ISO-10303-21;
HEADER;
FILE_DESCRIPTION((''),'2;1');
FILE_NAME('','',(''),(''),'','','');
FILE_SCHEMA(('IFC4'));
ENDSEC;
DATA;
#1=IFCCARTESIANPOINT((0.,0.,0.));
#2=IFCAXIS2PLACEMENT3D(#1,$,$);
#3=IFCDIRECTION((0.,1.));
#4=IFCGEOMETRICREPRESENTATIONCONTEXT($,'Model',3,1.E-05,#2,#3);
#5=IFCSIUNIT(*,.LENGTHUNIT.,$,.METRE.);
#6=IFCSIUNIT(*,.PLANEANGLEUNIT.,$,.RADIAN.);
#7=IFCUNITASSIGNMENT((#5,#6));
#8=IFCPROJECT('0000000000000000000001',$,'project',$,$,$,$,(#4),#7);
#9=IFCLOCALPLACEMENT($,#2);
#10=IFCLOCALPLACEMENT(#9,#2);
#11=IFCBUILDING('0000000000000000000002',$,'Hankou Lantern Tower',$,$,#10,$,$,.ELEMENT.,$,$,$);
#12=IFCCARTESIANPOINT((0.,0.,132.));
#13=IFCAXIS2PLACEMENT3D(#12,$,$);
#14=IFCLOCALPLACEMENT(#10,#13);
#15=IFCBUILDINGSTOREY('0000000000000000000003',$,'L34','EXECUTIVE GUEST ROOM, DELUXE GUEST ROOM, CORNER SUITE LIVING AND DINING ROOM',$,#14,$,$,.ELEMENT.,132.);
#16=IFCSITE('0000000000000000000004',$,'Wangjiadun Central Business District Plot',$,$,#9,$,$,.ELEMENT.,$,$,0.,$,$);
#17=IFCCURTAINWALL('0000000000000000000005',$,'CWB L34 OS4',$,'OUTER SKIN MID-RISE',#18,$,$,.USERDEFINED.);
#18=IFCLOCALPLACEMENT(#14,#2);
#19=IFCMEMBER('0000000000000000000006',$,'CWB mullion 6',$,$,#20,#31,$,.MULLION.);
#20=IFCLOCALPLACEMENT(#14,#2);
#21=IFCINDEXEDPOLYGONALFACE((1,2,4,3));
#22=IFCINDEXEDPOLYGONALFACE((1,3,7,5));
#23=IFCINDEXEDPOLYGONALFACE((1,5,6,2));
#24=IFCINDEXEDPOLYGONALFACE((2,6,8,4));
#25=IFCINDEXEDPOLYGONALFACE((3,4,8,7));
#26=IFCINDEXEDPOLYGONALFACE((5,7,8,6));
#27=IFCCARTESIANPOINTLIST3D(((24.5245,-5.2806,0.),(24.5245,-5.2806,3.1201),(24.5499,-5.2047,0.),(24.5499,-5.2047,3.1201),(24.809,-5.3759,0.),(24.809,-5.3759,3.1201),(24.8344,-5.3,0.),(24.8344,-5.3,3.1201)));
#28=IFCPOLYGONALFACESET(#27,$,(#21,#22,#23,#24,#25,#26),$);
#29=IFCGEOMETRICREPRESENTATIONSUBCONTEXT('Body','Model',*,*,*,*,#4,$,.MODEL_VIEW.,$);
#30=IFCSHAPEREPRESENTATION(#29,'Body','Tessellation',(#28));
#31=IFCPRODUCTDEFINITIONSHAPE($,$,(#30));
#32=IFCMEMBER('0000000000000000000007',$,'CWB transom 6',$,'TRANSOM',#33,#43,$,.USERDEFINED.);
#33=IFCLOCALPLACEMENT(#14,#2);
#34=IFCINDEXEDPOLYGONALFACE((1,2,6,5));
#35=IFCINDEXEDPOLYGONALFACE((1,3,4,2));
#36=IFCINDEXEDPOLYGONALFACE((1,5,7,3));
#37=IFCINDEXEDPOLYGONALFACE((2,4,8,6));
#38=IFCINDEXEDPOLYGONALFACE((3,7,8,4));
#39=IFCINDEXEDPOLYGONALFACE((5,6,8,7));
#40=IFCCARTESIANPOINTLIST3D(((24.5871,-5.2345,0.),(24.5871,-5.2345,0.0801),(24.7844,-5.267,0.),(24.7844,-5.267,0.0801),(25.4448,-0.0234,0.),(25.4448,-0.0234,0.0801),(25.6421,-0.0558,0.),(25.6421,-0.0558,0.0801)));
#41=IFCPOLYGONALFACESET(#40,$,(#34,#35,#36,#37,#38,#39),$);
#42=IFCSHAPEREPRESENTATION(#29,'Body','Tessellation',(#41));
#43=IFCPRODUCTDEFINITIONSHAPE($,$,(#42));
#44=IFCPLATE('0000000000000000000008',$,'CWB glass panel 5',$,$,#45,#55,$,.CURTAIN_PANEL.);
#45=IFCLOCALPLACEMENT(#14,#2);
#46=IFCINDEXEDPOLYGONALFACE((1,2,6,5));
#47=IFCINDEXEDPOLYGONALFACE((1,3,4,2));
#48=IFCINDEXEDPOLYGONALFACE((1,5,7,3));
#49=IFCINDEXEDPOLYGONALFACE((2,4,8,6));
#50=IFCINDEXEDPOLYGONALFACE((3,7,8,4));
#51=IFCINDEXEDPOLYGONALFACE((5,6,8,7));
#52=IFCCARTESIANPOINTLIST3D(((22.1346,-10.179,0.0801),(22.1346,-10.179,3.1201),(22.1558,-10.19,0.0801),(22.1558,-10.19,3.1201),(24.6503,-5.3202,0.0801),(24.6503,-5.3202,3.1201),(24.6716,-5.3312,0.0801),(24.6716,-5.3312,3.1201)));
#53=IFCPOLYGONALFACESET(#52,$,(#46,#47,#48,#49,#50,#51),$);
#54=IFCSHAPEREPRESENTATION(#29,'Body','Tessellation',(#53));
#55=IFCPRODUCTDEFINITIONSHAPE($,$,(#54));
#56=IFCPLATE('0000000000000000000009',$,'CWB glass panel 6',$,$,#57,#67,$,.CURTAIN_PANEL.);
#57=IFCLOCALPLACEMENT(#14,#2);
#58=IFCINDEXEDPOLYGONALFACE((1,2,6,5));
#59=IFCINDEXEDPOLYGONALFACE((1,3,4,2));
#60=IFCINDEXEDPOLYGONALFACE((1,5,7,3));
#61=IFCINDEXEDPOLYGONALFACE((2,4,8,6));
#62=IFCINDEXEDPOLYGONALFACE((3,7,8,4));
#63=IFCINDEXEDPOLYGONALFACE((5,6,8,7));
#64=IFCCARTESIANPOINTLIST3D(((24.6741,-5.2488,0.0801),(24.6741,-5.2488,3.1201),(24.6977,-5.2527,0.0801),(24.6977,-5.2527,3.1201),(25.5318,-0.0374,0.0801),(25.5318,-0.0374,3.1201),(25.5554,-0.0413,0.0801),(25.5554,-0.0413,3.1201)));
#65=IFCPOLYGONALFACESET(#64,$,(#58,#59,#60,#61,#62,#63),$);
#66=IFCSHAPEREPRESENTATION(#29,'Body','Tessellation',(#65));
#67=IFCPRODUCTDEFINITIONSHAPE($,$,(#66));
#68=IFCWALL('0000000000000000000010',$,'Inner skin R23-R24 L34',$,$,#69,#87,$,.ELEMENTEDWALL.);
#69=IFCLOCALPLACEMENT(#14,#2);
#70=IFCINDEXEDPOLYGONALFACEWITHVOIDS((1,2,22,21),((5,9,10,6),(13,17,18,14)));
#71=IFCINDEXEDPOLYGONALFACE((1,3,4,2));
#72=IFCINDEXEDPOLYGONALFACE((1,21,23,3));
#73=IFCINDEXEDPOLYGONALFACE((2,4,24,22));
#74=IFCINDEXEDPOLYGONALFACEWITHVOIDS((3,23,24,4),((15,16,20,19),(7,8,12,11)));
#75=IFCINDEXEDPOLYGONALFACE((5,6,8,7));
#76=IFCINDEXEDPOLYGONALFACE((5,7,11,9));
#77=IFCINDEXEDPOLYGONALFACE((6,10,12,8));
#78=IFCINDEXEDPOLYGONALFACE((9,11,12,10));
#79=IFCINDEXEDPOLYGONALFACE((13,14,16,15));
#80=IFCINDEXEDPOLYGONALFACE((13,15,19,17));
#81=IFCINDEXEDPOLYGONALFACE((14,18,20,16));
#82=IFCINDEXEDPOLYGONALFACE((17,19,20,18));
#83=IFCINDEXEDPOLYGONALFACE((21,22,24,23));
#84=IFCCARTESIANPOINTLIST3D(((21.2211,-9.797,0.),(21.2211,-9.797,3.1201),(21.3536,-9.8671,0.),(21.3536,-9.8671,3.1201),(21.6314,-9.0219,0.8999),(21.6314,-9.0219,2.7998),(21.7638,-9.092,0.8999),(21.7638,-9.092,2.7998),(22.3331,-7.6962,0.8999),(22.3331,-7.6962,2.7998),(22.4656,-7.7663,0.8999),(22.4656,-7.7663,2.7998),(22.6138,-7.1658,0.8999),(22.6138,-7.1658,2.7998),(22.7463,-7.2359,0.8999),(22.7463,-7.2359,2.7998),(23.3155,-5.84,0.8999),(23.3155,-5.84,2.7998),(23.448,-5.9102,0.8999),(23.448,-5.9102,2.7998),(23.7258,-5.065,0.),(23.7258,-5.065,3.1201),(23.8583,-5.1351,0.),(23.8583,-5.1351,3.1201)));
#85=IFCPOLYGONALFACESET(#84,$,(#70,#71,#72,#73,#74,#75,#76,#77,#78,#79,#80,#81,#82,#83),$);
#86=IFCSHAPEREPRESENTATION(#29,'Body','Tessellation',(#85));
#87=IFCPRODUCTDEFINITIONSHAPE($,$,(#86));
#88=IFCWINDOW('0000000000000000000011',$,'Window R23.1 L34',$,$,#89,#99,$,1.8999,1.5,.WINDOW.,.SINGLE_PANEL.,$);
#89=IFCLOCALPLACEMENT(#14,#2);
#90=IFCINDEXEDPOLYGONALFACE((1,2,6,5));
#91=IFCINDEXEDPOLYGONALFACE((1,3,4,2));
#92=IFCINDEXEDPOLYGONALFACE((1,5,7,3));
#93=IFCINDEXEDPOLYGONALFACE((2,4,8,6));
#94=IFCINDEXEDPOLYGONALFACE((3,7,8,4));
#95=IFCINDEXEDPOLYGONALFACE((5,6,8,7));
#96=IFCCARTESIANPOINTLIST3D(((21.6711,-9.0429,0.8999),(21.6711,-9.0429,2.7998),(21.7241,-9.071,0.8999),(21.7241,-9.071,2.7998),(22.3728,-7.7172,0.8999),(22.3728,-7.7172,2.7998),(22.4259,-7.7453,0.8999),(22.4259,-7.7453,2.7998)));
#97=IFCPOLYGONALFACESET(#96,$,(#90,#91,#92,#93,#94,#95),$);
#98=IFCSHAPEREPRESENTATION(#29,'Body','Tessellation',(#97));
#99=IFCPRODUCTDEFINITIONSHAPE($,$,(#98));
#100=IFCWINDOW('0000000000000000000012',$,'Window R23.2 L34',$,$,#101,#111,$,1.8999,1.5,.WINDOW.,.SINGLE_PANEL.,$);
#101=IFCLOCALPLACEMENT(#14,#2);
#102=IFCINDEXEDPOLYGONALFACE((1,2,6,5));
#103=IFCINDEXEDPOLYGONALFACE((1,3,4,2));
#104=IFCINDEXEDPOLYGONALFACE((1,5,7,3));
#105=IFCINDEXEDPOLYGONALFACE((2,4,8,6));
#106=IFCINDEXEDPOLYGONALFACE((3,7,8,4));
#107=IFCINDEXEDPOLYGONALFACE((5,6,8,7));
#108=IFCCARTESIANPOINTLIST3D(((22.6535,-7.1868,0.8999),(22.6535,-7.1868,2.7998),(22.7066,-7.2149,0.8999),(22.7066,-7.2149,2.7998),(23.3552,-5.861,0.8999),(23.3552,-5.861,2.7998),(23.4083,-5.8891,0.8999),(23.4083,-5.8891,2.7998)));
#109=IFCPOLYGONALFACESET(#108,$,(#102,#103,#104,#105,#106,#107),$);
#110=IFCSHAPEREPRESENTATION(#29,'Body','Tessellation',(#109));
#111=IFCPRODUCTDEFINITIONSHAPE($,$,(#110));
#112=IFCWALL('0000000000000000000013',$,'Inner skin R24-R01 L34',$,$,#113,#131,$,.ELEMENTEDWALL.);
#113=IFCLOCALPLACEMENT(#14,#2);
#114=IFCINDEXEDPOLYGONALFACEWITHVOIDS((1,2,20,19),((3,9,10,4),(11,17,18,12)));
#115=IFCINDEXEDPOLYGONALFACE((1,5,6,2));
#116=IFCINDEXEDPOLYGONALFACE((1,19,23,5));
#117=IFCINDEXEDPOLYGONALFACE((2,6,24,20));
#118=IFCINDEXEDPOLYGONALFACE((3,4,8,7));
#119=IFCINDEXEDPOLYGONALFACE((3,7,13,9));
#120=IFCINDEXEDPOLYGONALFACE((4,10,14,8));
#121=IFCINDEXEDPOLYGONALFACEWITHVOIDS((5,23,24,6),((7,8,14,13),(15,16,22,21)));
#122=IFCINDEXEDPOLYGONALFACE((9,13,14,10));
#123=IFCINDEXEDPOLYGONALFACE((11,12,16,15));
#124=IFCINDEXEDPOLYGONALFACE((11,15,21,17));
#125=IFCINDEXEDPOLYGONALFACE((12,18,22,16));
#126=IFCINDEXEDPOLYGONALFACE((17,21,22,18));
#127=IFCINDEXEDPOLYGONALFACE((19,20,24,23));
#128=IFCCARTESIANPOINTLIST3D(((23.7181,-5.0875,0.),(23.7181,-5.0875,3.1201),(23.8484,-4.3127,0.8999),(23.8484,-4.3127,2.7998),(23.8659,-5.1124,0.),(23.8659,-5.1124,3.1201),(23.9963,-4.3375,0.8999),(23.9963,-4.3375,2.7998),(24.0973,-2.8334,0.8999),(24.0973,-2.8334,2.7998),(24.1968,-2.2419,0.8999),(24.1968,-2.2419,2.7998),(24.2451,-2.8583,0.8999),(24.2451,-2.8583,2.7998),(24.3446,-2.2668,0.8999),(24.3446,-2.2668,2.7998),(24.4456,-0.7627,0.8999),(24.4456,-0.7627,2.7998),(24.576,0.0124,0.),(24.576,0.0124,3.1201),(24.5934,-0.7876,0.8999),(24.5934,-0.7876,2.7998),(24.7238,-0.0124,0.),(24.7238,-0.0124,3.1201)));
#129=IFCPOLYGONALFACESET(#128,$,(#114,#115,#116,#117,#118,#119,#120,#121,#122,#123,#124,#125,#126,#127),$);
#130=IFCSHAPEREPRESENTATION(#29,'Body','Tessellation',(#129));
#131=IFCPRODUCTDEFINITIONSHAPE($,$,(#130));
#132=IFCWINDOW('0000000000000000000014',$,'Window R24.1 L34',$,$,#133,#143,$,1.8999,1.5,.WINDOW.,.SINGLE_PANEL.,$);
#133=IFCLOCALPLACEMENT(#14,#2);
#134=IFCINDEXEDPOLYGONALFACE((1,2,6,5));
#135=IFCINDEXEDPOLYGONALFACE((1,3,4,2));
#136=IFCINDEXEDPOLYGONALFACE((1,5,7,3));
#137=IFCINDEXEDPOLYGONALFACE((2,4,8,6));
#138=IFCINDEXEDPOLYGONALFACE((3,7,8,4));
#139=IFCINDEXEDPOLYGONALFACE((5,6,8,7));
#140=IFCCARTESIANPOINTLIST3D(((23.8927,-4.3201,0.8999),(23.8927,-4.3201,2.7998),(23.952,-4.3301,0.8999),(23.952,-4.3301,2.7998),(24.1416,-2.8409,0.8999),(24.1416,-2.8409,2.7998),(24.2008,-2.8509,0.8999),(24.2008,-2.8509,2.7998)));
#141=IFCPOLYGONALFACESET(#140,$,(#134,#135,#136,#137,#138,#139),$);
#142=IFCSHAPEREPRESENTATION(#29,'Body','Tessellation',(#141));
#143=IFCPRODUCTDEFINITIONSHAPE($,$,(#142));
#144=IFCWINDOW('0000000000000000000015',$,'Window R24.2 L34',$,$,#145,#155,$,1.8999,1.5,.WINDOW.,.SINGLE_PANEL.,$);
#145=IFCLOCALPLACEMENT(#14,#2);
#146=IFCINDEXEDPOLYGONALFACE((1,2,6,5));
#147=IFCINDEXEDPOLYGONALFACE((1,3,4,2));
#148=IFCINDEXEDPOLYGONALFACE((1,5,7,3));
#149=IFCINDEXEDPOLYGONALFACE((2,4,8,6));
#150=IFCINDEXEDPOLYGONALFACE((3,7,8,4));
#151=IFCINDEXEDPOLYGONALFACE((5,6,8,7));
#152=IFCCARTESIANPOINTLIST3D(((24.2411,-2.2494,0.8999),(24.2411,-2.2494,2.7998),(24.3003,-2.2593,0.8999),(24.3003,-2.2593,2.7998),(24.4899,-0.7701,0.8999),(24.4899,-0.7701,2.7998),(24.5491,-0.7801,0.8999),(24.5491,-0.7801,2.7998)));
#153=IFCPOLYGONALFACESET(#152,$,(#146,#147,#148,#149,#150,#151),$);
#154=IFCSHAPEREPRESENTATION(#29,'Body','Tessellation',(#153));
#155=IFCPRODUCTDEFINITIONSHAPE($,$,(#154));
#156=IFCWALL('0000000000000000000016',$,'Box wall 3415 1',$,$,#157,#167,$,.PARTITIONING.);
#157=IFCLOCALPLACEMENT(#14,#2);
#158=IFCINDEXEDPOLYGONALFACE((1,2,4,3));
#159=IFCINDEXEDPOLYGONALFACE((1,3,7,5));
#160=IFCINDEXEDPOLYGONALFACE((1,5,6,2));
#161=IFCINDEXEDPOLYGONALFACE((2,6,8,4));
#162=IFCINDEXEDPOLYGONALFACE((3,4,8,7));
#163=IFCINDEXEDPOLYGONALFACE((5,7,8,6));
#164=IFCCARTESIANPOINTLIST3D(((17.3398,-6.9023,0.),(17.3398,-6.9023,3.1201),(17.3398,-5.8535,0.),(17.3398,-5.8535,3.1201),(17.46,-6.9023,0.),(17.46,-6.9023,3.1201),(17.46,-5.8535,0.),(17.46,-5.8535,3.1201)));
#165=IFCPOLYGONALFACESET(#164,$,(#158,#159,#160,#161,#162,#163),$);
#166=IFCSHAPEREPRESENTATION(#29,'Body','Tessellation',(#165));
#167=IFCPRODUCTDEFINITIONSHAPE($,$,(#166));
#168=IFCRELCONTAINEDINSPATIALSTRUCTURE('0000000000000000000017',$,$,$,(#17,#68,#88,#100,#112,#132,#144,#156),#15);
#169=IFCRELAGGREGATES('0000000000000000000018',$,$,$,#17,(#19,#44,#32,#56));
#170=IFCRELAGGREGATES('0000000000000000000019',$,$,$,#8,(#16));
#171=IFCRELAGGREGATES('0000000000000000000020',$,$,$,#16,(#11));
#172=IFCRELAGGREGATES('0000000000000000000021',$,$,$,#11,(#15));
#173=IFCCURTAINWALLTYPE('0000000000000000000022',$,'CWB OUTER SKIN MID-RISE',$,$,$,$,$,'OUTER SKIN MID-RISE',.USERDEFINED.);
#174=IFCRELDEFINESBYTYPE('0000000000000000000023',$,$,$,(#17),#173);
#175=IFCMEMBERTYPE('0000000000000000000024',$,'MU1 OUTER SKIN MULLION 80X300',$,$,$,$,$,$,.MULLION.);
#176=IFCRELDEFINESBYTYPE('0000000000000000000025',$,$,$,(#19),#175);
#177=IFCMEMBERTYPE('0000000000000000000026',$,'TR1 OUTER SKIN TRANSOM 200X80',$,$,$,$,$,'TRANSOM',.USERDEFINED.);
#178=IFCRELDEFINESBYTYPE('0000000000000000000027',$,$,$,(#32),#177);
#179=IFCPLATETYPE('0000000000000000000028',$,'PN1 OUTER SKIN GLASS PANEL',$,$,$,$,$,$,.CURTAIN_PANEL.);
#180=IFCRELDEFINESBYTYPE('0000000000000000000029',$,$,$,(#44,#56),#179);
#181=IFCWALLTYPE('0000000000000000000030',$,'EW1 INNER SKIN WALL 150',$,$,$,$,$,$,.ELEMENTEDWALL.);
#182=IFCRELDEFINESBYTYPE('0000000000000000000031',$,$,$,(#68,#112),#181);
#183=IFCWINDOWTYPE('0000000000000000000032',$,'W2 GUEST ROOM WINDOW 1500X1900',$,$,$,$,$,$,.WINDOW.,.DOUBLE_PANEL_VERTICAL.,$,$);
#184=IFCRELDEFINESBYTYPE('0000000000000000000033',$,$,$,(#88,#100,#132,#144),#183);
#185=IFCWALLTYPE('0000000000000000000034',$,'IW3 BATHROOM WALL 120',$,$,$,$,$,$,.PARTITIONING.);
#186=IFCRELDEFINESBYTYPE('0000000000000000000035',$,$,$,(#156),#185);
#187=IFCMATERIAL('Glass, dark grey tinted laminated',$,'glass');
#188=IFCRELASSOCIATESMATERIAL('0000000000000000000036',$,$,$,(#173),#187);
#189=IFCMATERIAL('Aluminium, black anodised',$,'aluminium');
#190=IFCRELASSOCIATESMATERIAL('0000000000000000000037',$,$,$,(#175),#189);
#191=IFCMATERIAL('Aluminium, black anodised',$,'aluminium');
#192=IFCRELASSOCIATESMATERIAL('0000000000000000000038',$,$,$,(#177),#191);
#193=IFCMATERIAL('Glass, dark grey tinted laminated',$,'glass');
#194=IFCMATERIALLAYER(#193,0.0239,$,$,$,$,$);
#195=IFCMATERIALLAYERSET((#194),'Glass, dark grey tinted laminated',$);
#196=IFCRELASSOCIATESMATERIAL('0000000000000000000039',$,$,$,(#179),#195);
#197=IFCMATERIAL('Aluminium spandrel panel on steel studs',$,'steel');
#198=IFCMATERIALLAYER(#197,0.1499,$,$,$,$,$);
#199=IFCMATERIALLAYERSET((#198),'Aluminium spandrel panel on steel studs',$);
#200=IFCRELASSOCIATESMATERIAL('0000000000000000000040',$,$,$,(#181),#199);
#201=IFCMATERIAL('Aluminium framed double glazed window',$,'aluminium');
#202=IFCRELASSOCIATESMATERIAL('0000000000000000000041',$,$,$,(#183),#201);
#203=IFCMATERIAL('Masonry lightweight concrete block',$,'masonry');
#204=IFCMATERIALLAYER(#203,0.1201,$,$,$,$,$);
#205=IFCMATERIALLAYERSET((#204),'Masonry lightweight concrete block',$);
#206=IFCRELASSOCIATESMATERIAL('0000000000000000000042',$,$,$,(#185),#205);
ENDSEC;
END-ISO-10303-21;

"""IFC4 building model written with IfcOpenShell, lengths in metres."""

from ifc_helpers import new_model, si_unit, direction, frame, frame_2d, origin, origin_2d, place, context, subcontext, project, spatial, rectangle, extrude, material, layer, layer_set, material_profile, profile_set, type_object, element, fill, aggregate, save


model = new_model("IFC4")

# Units and contexts
model_context = context("Model", 3, precision=1e-05, world=origin(), true_north=direction((0.0, 1.0)))
body_context = subcontext(model_context, "Body", "Model", "MODEL_VIEW")
ifc_project = project(units=[si_unit("LENGTHUNIT", "METRE"), si_unit("PLANEANGLEUNIT", "RADIAN")], contexts=[model_context])

# Site, building, storey
site_placement = place(None, origin())
site = spatial("IfcSite", under=ifc_project, at=site_placement, Name="Wangjiadun Central Business District Plot", CompositionType="ELEMENT", RefElevation=0.0)
building_placement = place(site_placement, origin())
building = spatial("IfcBuilding", under=site, at=building_placement, Name="Hankou Lantern Tower", CompositionType="ELEMENT")
storey_placement = place(building_placement, frame((0.0, 0.0, 132.0)))
storey = spatial("IfcBuildingStorey", under=building, at=storey_placement, Name="L34", Description="EXECUTIVE GUEST ROOM, DELUXE GUEST ROOM, CORNER SUITE LIVING AND DINING ROOM", CompositionType="ELEMENT", Elevation=132.0)

# Curtain wall, members, plates
ifc_material_1 = material(Name="Glass, dark grey tinted laminated", Category="glass")
curtain_wall_type = type_object("IfcCurtainWallType", Name="CWB OUTER SKIN MID-RISE", ElementType="OUTER SKIN MID-RISE", PredefinedType="USERDEFINED", material=ifc_material_1)
curtain_wall_placement = place(storey_placement, origin())
curtain_wall = element("IfcCurtainWall", 1, at=curtain_wall_placement, inside=storey, type_object=curtain_wall_type, Name="CWB L34 OS4", ObjectType="OUTER SKIN MID-RISE", PredefinedType="USERDEFINED")
ifc_material_2 = material(Name="Aluminium, black anodised", Category="aluminium")
ifc_material_profile_1 = material_profile(ifc_material_2, rectangle(XDim=0.0801, YDim=0.3, at=origin_2d()), Name="MU1 80X300")
ifc_profile_set_1 = profile_set([ifc_material_profile_1], Name="Aluminium, black anodised")
member_type_1 = type_object("IfcMemberType", Name="MU1 OUTER SKIN MULLION 80X300", PredefinedType="MULLION", material=ifc_profile_set_1)
member_1_placement = place(storey_placement, frame((24.6794, -5.2903, 0.0), z_axis=(0.0, 0.0, 1.0), x_axis=(0.317596, 0.948226, 0.0)))
member_1 = element("IfcMember", 2, at=member_1_placement, type_object=member_type_1, Name="CWB mullion 6", PredefinedType="MULLION", context=body_context, shape_type="SweptSolid", body=[
    extrude(rectangle(XDim=0.0801, YDim=0.3, at=origin_2d()), origin(), (0.0, 0.0, 1.0), 3.1201),
])
ifc_material_3 = material(Name="Aluminium, black anodised", Category="aluminium")
ifc_material_profile_2 = material_profile(ifc_material_3, rectangle(XDim=0.2, YDim=0.0801, at=origin_2d()), Name="TR1 200X80")
ifc_profile_set_2 = profile_set([ifc_material_profile_2], Name="Aluminium, black anodised")
member_type_2 = type_object("IfcMemberType", Name="TR1 OUTER SKIN TRANSOM 200X80", ElementType="TRANSOM", PredefinedType="USERDEFINED", material=ifc_profile_set_2)
member_2_placement = place(storey_placement, frame((24.6858, -5.2507, 0.04), z_axis=(0.162397, 0.986725, 0.0), x_axis=(-0.986725, 0.162397, 0.0)))
member_2 = element("IfcMember", 3, at=member_2_placement, type_object=member_type_2, Name="CWB transom 6", ObjectType="TRANSOM", PredefinedType="USERDEFINED", context=body_context, shape_type="SweptSolid", body=[
    extrude(rectangle(XDim=0.2, YDim=0.0801, at=origin_2d()), origin(), (0.0, 0.0, 1.0), 5.2812),
])
ifc_material_4 = material(Name="Glass, dark grey tinted laminated", Category="glass")
ifc_layer_1 = layer(ifc_material_4, 0.0239)
ifc_layer_set_1 = layer_set([ifc_layer_1], Name="Glass, dark grey tinted laminated")
plate_type = type_object("IfcPlateType", Name="PN1 OUTER SKIN GLASS PANEL", PredefinedType="CURTAIN_PANEL", material=ifc_layer_set_1)
plate_1_placement = place(storey_placement, frame((23.4031, -7.7551, 0.0801), z_axis=(0.0, 0.0, 1.0), x_axis=(0.459791, 0.888027, 0.0)))
plate_1 = element("IfcPlate", 4, at=plate_1_placement, type_object=plate_type, Name="CWB glass panel 5", PredefinedType="CURTAIN_PANEL", context=body_context, shape_type="SweptSolid", body=[
    extrude(rectangle(XDim=5.4714, YDim=0.0239, at=origin_2d()), origin(), (0.0, 0.0, 1.0), 3.04),
])
plate_2_placement = place(storey_placement, frame((25.1147, -2.645, 0.0801), z_axis=(0.0, 0.0, 1.0), x_axis=(0.162382, 0.986728, 0.0)))
plate_2 = element("IfcPlate", 5, at=plate_2_placement, type_object=plate_type, Name="CWB glass panel 6", PredefinedType="CURTAIN_PANEL", context=body_context, shape_type="SweptSolid", body=[
    extrude(rectangle(XDim=5.2815, YDim=0.0239, at=origin_2d()), origin(), (0.0, 0.0, 1.0), 3.04),
])
aggregate(curtain_wall, [member_1, plate_1, member_2, plate_2])

# Walls, openings, windows
ifc_material_5 = material(Name="Aluminium spandrel panel on steel studs", Category="steel")
ifc_layer_2 = layer(ifc_material_5, 0.1499)
ifc_layer_set_2 = layer_set([ifc_layer_2], Name="Aluminium spandrel panel on steel studs")
wall_type_1 = type_object("IfcWallType", Name="EW1 INNER SKIN WALL 150", PredefinedType="ELEMENTEDWALL", material=ifc_layer_set_2)
wall_1_placement = place(storey_placement, frame((21.2874, -9.832, 0.0), z_axis=(0.0, 0.0, 1.0), x_axis=(0.467814, 0.883827, 0.0)))
wall_1 = element("IfcWall", 6, at=wall_1_placement, inside=storey, type_object=wall_type_1, Name="Inner skin R23-R24 L34", PredefinedType="ELEMENTEDWALL", context=body_context, shape_type="SweptSolid", body=[
    extrude(rectangle(XDim=5.354, YDim=0.1499, at=frame_2d((2.677, 0.0))), origin(), (0.0, 0.0, 1.0), 3.1201),
])
opening_1_placement = place(wall_1_placement, frame((0.877, 0.0, 0.8999)))
opening_1 = element("IfcOpeningElement", 7, at=opening_1_placement, cuts=wall_1, PredefinedType="OPENING", context=body_context, shape_type="SweptSolid", body=[
    extrude(rectangle(XDim=1.5, YDim=1.8999, at=frame_2d((0.75, 0.95))), frame((0.0, 0.085, 0.0), z_axis=(0.0, -1.0, 0.0), x_axis=(1.0, 0.0, 0.0)), (0.0, 0.0, 1.0), 0.1699),
])
opening_2_placement = place(wall_1_placement, frame((2.9771, 0.0, 0.8999)))
opening_2 = element("IfcOpeningElement", 8, at=opening_2_placement, cuts=wall_1, PredefinedType="OPENING", context=body_context, shape_type="SweptSolid", body=[
    extrude(rectangle(XDim=1.5, YDim=1.8999, at=frame_2d((0.75, 0.95))), frame((0.0, 0.085, 0.0), z_axis=(0.0, -1.0, 0.0), x_axis=(1.0, 0.0, 0.0)), (0.0, 0.0, 1.0), 0.1699),
])
ifc_material_6 = material(Name="Aluminium framed double glazed window", Category="aluminium")
window_type = type_object("IfcWindowType", Name="W2 GUEST ROOM WINDOW 1500X1900", PartitioningType="DOUBLE_PANEL_VERTICAL", PredefinedType="WINDOW", material=ifc_material_6)
window_1_placement = place(opening_1_placement, origin())
window_1 = element("IfcWindow", 9, at=window_1_placement, inside=storey, type_object=window_type, Name="Window R23.1 L34", OverallHeight=1.8999, OverallWidth=1.5, PartitioningType="SINGLE_PANEL", PredefinedType="WINDOW", context=body_context, shape_type="SweptSolid", body=[
    extrude(rectangle(XDim=1.5, YDim=1.8999, at=frame_2d((0.75, 0.95))), frame((0.0, 0.03, 0.0), z_axis=(0.0, -1.0, 0.0), x_axis=(1.0, 0.0, 0.0)), (0.0, 0.0, 1.0), 0.0601),
])
fill(opening_1, window_1)
window_2_placement = place(opening_2_placement, origin())
window_2 = element("IfcWindow", 10, at=window_2_placement, inside=storey, type_object=window_type, Name="Window R23.2 L34", OverallHeight=1.8999, OverallWidth=1.5, PartitioningType="SINGLE_PANEL", PredefinedType="WINDOW", context=body_context, shape_type="SweptSolid", body=[
    extrude(rectangle(XDim=1.5, YDim=1.8999, at=frame_2d((0.75, 0.95))), frame((0.0, 0.03, 0.0), z_axis=(0.0, -1.0, 0.0), x_axis=(1.0, 0.0, 0.0)), (0.0, 0.0, 1.0), 0.0601),
])
fill(opening_2, window_2)
wall_2_placement = place(storey_placement, frame((23.792, -5.1001, 0.0), z_axis=(0.0, 0.0, 1.0), x_axis=(0.165884, 0.986145, 0.0)))
wall_2 = element("IfcWall", 11, at=wall_2_placement, inside=storey, type_object=wall_type_1, Name="Inner skin R24-R01 L34", PredefinedType="ELEMENTEDWALL", context=body_context, shape_type="SweptSolid", body=[
    extrude(rectangle(XDim=5.1716, YDim=0.1499, at=frame_2d((2.5859, 0.0))), origin(), (0.0, 0.0, 1.0), 3.1201),
])
opening_3_placement = place(wall_2_placement, frame((0.7859, 0.0, 0.8999)))
opening_3 = element("IfcOpeningElement", 12, at=opening_3_placement, cuts=wall_2, PredefinedType="OPENING", context=body_context, shape_type="SweptSolid", body=[
    extrude(rectangle(XDim=1.5, YDim=1.8999, at=frame_2d((0.75, 0.95))), frame((0.0, 0.085, 0.0), z_axis=(0.0, -1.0, 0.0), x_axis=(1.0, 0.0, 0.0)), (0.0, 0.0, 1.0), 0.1699),
])
opening_4_placement = place(wall_2_placement, frame((2.8857, 0.0, 0.8999)))
opening_4 = element("IfcOpeningElement", 13, at=opening_4_placement, cuts=wall_2, PredefinedType="OPENING", context=body_context, shape_type="SweptSolid", body=[
    extrude(rectangle(XDim=1.5, YDim=1.8999, at=frame_2d((0.75, 0.95))), frame((0.0, 0.085, 0.0), z_axis=(0.0, -1.0, 0.0), x_axis=(1.0, 0.0, 0.0)), (0.0, 0.0, 1.0), 0.1699),
])
window_3_placement = place(opening_3_placement, origin())
window_3 = element("IfcWindow", 14, at=window_3_placement, inside=storey, type_object=window_type, Name="Window R24.1 L34", OverallHeight=1.8999, OverallWidth=1.5, PartitioningType="SINGLE_PANEL", PredefinedType="WINDOW", context=body_context, shape_type="SweptSolid", body=[
    extrude(rectangle(XDim=1.5, YDim=1.8999, at=frame_2d((0.75, 0.95))), frame((0.0, 0.03, 0.0), z_axis=(0.0, -1.0, 0.0), x_axis=(1.0, 0.0, 0.0)), (0.0, 0.0, 1.0), 0.0601),
])
fill(opening_3, window_3)
window_4_placement = place(opening_4_placement, origin())
window_4 = element("IfcWindow", 15, at=window_4_placement, inside=storey, type_object=window_type, Name="Window R24.2 L34", OverallHeight=1.8999, OverallWidth=1.5, PartitioningType="SINGLE_PANEL", PredefinedType="WINDOW", context=body_context, shape_type="SweptSolid", body=[
    extrude(rectangle(XDim=1.5, YDim=1.8999, at=frame_2d((0.75, 0.95))), frame((0.0, 0.03, 0.0), z_axis=(0.0, -1.0, 0.0), x_axis=(1.0, 0.0, 0.0)), (0.0, 0.0, 1.0), 0.0601),
])
fill(opening_4, window_4)

# Wall
ifc_material_7 = material(Name="Masonry lightweight concrete block", Category="masonry")
ifc_layer_3 = layer(ifc_material_7, 0.1201)
ifc_layer_set_3 = layer_set([ifc_layer_3], Name="Masonry lightweight concrete block")
wall_type_2 = type_object("IfcWallType", Name="IW3 BATHROOM WALL 120", PredefinedType="PARTITIONING", material=ifc_layer_set_3)
wall_3_placement = place(storey_placement, frame((17.3999, -5.8535, 0.0), z_axis=(0.0, 0.0, 1.0), x_axis=(0.0, -1.0, 0.0)))
element("IfcWall", 16, at=wall_3_placement, inside=storey, type_object=wall_type_2, Name="Box wall 3415 1", PredefinedType="PARTITIONING", context=body_context, shape_type="SweptSolid", body=[
    extrude(rectangle(XDim=1.0488, YDim=0.1201, at=frame_2d((0.5244, 0.0))), origin(), (0.0, 0.0, 1.0), 3.1201),
])

save(model, "model.ifc")
